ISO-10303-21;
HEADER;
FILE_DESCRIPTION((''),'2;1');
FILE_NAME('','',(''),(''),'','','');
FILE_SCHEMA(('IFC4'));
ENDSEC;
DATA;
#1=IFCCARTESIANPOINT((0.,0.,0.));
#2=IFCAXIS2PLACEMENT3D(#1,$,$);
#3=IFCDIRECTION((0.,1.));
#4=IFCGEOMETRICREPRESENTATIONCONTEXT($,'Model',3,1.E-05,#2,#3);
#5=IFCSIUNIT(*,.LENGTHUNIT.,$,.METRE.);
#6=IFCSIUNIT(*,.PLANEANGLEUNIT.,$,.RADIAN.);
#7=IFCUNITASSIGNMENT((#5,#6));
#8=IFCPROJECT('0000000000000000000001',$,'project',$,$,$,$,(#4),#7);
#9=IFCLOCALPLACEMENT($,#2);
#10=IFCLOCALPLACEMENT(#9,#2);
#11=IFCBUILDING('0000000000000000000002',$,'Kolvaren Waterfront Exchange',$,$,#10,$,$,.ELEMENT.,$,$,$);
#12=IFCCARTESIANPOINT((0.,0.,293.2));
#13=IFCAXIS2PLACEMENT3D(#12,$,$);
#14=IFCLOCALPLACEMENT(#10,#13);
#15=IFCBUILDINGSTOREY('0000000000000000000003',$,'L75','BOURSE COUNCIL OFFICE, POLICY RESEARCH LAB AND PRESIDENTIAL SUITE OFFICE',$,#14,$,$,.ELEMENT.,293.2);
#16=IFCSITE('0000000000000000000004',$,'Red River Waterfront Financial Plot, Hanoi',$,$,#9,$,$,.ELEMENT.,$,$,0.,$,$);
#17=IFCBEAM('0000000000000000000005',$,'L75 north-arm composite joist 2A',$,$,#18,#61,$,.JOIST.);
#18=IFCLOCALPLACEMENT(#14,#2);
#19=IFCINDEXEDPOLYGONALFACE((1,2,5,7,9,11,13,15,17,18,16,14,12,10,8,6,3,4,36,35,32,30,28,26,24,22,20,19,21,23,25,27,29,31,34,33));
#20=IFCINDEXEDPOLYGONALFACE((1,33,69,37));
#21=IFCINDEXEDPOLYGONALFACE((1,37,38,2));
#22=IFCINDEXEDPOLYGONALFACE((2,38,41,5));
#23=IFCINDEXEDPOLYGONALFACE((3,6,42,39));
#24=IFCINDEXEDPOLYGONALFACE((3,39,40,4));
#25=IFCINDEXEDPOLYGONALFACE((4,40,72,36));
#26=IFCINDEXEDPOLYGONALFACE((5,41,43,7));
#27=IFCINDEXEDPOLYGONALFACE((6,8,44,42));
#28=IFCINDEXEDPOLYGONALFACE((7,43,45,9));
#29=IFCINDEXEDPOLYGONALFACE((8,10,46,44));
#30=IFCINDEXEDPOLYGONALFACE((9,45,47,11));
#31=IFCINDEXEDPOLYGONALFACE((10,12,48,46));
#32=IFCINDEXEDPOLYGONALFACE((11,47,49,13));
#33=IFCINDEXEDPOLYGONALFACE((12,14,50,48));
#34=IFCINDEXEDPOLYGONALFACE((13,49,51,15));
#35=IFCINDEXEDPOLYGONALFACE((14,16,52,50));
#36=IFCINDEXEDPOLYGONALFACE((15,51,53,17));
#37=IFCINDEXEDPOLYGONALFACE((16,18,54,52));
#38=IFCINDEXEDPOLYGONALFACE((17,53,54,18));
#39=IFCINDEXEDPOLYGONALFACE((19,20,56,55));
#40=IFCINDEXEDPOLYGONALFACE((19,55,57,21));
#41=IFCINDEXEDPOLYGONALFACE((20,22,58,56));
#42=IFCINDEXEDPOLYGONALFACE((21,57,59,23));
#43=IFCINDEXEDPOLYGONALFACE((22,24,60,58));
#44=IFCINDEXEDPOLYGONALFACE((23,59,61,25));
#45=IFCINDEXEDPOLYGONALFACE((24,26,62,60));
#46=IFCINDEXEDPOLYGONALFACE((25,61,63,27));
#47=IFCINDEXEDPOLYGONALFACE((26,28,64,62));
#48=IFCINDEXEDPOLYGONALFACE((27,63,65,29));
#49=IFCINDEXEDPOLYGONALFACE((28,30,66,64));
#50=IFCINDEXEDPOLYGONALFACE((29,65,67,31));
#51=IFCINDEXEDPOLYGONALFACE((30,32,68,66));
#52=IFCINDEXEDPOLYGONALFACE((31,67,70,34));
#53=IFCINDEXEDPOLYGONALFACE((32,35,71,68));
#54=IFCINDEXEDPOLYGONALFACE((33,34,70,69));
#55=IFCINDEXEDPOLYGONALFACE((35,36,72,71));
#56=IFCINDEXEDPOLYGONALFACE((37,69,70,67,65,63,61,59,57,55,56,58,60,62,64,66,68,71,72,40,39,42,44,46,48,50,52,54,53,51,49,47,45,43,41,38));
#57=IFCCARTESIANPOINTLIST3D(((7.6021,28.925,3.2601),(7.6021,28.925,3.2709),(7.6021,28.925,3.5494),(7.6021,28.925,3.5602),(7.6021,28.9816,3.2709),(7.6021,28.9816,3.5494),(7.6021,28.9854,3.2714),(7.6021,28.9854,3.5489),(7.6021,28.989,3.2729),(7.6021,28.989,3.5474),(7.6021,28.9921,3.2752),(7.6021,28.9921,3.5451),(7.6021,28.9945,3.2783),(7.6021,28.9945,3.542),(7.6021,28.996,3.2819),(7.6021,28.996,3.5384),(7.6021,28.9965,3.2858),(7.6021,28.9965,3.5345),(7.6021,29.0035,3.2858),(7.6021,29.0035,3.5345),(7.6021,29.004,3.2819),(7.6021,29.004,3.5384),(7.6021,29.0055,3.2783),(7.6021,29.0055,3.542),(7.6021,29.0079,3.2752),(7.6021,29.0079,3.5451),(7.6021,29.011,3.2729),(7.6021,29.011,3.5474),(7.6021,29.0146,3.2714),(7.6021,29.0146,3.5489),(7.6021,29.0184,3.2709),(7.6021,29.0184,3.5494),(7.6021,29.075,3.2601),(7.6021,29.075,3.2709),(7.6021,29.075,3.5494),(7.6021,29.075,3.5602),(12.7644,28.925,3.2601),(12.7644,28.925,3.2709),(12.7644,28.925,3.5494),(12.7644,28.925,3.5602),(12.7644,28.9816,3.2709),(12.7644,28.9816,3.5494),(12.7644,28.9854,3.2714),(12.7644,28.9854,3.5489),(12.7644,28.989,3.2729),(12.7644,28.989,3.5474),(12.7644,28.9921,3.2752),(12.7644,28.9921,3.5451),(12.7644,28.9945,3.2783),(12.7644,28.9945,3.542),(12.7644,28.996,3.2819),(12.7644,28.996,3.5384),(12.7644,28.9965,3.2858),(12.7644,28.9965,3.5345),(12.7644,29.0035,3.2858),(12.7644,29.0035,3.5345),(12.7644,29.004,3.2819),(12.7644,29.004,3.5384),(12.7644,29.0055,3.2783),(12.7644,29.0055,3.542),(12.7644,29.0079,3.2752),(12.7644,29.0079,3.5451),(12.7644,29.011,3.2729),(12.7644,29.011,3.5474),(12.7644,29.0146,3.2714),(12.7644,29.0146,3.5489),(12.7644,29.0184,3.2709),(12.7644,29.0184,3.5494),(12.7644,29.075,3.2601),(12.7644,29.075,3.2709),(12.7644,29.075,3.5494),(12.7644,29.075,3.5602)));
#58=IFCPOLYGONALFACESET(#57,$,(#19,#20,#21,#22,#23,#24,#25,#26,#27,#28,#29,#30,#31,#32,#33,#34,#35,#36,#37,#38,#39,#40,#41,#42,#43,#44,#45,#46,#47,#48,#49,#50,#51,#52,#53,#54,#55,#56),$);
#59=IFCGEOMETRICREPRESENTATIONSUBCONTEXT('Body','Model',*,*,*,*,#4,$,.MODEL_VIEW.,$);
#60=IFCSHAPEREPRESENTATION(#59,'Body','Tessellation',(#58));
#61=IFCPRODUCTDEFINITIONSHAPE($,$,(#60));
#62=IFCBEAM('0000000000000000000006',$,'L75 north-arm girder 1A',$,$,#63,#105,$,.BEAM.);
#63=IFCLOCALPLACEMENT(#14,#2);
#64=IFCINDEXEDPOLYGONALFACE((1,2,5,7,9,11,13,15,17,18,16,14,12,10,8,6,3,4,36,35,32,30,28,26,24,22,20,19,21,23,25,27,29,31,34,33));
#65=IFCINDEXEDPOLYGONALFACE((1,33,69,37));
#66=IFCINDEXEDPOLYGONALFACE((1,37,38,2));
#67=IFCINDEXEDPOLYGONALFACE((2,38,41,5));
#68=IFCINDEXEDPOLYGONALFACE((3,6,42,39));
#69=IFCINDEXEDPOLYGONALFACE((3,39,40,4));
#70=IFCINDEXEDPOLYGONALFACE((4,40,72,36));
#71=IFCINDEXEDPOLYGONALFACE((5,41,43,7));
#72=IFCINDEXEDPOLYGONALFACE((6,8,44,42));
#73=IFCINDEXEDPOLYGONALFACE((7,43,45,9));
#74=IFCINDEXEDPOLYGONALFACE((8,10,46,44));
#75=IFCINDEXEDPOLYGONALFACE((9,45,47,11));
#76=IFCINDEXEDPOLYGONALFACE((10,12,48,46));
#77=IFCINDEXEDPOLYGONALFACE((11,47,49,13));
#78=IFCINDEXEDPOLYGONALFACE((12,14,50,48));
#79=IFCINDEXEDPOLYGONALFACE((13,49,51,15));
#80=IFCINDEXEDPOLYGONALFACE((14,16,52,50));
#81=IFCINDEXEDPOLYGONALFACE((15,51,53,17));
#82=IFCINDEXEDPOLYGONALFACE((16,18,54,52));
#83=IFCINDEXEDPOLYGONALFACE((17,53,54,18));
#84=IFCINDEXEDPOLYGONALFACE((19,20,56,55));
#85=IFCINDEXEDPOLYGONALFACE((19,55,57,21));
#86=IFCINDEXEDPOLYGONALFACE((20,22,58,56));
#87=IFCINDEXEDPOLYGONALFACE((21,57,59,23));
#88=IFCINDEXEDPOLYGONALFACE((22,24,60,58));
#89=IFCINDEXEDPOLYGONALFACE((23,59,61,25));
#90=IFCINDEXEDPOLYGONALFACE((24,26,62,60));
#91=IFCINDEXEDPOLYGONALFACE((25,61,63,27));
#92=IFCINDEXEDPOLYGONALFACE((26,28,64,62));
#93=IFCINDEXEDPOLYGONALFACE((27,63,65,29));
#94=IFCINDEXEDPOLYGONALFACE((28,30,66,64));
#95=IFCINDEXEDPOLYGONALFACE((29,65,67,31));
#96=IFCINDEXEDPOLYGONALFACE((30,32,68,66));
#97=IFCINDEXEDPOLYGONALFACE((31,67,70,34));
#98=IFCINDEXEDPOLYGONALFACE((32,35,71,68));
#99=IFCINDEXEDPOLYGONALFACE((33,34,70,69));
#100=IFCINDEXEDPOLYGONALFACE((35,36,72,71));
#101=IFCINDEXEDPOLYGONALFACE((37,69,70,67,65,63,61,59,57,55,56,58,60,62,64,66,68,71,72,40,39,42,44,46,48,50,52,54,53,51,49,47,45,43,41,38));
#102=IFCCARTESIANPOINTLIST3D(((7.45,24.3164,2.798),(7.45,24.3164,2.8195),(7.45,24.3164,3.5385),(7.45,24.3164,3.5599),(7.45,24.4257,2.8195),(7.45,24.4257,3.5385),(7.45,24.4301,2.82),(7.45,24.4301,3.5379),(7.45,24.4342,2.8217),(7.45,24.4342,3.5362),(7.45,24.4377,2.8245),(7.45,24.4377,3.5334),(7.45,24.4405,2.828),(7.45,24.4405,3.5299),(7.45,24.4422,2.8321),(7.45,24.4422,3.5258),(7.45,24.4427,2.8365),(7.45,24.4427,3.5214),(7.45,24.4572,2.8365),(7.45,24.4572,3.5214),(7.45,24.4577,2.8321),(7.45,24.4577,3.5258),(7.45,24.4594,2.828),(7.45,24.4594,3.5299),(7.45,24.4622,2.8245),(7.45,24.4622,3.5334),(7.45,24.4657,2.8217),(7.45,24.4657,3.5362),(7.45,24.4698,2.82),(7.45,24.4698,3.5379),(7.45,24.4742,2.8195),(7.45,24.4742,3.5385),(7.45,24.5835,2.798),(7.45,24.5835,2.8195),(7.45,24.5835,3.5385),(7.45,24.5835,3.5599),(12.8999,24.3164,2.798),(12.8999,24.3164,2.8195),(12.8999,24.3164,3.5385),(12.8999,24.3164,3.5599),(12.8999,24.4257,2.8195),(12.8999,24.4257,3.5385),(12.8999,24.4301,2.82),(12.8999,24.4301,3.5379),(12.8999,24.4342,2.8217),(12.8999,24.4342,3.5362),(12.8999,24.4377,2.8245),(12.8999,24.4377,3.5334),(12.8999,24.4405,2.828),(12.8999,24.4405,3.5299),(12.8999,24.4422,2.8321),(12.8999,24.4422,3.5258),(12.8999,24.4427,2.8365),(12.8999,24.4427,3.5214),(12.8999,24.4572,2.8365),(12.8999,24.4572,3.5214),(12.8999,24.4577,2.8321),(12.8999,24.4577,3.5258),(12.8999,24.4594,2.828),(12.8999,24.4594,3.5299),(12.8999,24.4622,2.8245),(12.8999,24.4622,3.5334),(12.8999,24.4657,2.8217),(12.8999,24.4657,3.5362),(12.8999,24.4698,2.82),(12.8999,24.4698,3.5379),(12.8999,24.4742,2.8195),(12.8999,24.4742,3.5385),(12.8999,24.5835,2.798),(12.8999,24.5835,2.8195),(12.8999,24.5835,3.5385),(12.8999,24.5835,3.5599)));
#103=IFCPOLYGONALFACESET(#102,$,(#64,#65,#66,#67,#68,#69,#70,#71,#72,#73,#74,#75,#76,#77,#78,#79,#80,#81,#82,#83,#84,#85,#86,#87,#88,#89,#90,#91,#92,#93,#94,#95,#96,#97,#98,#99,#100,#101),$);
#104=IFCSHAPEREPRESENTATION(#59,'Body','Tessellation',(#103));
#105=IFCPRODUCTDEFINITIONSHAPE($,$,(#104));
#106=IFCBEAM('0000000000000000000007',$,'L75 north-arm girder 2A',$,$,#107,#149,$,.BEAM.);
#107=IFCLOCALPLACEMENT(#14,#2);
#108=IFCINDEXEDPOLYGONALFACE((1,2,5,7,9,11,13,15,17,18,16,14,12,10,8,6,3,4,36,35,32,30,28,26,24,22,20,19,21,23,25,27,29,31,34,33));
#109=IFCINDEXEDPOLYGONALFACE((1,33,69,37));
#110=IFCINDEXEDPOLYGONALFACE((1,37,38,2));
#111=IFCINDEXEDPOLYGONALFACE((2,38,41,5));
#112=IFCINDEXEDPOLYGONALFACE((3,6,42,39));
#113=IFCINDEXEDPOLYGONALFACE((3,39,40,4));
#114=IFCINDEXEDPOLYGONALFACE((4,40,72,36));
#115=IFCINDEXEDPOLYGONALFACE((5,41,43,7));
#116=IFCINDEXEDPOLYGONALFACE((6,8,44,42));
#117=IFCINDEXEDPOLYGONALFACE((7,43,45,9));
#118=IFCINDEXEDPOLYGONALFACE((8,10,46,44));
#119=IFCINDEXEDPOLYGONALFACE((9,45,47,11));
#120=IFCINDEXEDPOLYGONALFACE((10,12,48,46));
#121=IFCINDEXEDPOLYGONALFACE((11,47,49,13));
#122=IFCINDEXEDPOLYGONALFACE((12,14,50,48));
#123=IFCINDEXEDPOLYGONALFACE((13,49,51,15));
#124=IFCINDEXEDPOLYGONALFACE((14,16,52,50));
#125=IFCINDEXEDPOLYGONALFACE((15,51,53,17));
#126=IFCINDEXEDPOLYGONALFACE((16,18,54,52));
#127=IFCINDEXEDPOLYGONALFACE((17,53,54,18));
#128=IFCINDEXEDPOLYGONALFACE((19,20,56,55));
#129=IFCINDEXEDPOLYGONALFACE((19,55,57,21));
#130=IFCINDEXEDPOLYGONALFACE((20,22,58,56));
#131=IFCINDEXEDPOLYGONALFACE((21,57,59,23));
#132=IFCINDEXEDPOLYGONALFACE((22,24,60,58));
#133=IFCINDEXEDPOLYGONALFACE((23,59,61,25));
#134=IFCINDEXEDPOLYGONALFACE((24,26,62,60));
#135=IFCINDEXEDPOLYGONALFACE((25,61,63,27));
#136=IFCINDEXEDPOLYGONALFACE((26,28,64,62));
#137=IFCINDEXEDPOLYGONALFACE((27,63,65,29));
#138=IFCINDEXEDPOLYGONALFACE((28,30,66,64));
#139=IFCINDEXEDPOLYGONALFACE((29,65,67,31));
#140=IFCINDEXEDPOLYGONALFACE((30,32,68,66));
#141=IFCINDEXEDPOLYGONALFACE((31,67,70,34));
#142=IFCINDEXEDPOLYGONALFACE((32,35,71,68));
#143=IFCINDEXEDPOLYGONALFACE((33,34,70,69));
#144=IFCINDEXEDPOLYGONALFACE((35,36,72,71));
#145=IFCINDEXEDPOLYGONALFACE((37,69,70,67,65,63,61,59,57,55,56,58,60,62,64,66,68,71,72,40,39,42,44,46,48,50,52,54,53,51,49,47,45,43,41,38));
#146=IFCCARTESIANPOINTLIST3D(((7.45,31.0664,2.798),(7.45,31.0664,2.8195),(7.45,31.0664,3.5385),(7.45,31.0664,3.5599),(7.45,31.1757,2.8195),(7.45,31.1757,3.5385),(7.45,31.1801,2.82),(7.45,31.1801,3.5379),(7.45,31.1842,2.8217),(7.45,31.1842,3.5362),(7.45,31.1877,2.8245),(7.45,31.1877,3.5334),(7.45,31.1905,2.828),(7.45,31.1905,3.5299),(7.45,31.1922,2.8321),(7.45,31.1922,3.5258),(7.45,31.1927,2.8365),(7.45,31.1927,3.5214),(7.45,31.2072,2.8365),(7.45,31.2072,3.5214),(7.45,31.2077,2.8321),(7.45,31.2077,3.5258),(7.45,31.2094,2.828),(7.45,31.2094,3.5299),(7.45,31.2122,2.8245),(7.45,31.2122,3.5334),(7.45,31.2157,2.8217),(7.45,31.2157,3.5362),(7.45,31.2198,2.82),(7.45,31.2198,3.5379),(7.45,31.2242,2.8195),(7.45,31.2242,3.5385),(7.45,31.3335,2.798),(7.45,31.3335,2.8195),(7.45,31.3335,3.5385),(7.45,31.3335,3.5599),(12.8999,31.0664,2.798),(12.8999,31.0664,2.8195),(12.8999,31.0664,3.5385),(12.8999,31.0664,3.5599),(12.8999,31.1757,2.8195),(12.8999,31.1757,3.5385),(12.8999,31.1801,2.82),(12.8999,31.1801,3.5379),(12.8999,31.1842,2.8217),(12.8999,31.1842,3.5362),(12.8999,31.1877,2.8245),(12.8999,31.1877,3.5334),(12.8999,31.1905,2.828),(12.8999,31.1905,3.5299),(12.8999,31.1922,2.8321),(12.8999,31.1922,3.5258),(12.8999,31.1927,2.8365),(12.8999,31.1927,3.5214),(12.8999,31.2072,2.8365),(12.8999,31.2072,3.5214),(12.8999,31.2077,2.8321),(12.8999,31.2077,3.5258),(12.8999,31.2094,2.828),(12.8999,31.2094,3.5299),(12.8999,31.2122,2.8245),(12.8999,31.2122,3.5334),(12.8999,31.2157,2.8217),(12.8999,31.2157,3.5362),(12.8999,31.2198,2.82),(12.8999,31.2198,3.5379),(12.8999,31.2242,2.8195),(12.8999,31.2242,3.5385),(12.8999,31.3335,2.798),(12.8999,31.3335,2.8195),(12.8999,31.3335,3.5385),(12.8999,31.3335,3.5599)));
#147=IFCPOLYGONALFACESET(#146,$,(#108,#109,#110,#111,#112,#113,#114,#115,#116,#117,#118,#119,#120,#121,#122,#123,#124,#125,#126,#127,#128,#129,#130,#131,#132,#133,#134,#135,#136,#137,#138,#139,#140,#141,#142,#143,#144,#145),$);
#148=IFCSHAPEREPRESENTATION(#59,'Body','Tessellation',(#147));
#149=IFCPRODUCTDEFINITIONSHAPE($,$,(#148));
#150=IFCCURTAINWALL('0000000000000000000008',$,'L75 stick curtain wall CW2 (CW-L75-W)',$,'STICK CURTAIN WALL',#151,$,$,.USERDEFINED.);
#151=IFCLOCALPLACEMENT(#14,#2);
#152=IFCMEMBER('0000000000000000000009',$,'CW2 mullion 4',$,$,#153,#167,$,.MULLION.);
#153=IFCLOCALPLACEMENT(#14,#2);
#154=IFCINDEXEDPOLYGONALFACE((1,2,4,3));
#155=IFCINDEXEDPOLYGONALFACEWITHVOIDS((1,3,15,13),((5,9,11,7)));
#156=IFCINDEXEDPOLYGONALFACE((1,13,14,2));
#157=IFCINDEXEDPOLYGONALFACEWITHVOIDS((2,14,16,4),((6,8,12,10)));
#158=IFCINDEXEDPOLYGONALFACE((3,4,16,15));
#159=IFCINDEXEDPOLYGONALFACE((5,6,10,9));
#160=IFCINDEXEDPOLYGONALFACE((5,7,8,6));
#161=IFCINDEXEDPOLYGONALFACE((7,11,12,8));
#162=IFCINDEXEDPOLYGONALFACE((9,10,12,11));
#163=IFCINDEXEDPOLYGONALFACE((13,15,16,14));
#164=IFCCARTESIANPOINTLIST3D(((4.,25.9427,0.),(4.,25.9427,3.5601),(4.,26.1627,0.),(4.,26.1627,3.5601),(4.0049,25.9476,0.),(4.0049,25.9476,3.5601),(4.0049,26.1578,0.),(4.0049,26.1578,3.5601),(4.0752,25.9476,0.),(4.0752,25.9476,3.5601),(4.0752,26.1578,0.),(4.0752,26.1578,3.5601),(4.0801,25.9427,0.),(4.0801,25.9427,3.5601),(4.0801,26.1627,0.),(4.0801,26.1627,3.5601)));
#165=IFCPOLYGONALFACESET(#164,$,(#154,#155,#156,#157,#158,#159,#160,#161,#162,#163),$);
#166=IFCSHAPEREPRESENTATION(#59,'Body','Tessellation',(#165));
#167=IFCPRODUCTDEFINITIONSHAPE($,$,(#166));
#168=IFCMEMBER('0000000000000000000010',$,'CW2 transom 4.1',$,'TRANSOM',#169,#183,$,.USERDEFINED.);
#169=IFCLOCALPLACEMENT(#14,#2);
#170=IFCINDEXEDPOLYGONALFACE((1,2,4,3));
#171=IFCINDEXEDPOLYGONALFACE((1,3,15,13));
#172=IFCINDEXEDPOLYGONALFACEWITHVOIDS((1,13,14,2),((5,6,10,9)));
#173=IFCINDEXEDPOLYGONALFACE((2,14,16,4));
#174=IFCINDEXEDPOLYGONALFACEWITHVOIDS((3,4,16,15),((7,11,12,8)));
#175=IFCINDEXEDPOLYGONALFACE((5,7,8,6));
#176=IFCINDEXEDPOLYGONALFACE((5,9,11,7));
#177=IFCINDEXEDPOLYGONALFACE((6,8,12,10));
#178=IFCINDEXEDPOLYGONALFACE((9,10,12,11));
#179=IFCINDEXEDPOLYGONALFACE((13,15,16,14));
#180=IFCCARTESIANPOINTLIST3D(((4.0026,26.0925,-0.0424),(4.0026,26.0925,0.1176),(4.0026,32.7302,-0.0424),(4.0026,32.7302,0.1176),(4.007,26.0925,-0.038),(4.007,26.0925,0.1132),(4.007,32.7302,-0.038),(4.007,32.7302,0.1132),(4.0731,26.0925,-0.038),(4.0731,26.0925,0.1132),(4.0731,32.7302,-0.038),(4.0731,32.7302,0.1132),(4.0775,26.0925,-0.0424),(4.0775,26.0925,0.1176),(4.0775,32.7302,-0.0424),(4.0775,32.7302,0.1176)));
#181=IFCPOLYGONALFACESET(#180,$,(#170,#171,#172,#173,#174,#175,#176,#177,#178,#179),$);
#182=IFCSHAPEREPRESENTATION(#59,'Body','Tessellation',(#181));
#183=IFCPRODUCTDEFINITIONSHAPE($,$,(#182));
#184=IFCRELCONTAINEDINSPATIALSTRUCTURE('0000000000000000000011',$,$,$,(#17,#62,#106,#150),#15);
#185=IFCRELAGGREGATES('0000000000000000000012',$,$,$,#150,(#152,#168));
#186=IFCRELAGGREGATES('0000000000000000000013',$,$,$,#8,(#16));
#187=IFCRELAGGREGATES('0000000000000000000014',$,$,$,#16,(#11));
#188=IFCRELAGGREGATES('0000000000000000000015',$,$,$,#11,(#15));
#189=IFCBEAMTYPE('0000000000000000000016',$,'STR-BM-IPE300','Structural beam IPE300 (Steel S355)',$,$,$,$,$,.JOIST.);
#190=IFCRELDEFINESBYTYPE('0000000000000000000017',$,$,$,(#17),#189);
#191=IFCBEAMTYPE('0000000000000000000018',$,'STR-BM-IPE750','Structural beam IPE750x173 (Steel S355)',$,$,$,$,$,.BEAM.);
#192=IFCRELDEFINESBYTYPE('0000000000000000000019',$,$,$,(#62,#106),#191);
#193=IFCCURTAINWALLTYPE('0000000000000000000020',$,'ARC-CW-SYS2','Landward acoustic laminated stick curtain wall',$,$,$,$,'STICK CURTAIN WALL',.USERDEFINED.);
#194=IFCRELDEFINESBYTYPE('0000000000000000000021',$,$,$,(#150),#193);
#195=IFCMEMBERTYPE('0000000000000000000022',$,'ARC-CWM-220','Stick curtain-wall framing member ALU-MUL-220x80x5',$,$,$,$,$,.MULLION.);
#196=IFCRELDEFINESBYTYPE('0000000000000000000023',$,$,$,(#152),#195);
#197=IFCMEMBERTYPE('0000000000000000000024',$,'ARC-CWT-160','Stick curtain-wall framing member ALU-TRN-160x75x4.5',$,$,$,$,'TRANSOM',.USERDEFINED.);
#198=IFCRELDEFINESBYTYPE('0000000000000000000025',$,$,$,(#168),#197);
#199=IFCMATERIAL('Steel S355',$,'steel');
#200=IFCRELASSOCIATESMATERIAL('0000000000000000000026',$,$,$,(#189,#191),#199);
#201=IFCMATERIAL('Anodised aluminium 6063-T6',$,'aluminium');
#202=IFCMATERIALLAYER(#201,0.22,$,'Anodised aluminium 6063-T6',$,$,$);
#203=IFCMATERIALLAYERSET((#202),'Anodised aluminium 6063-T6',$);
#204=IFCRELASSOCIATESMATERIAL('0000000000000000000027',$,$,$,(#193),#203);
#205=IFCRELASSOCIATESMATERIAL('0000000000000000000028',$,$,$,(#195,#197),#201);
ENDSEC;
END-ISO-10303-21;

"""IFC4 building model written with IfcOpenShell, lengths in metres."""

from ifc_helpers import new_model, si_unit, direction, frame, origin, origin_with_axes, origin_2d, place, context, subcontext, project, spatial, hollow_rectangle, i_section, extrude, source, transform, mapped, material, layer, layer_set, material_profile, profile_set, type_object, element, aggregate, save


model = new_model("IFC4")

# Units and contexts
model_context = context("Model", 3, precision=1e-05, world=origin(), true_north=direction((0.0, 1.0)))
body_context = subcontext(model_context, "Body", "Model", "MODEL_VIEW")
ifc_project = project(units=[si_unit("LENGTHUNIT", "METRE"), si_unit("PLANEANGLEUNIT", "RADIAN")], contexts=[model_context])

# Site, building, storey
site_placement = place(None, origin())
site = spatial("IfcSite", under=ifc_project, at=site_placement, Name="Red River Waterfront Financial Plot, Hanoi", CompositionType="ELEMENT", RefElevation=0.0)
building_placement = place(site_placement, origin())
building = spatial("IfcBuilding", under=site, at=building_placement, Name="Kolvaren Waterfront Exchange", CompositionType="ELEMENT")
storey_placement = place(building_placement, frame((0.0, 0.0, 293.2)))
storey = spatial("IfcBuildingStorey", under=building, at=storey_placement, Name="L75", Description="BOURSE COUNCIL OFFICE, POLICY RESEARCH LAB AND PRESIDENTIAL SUITE OFFICE", CompositionType="ELEMENT", Elevation=293.2)

# Beams
ifc_material_1 = material(Name="Steel S355", Category="steel")
ifc_material_profile_1 = material_profile(ifc_material_1, i_section(OverallWidth=0.1499, OverallDepth=0.3, WebThickness=0.0071, FlangeThickness=0.0107, FilletRadius=0.0149, at=origin_2d()), Name="IPE300")
ifc_profile_set_1 = profile_set([ifc_material_profile_1], Name="Steel S355")
beam_type_1 = type_object("IfcBeamType", Name="STR-BM-IPE300", Description="Structural beam IPE300 (Steel S355)", PredefinedType="JOIST", material=ifc_profile_set_1)
for number, where, z_axis, x_axis, name in (
    (1, (7.6021, 29.0, 3.4102), (1.0, 0.0, 0.0), (0.0, 1.0, 0.0), "L75 north-arm composite joist 2A"),
):
    element("IfcBeam", number, at=place(storey_placement, frame(where, z_axis=z_axis, x_axis=x_axis)), inside=storey, type_object=beam_type_1, Name=name, PredefinedType="JOIST", context=body_context, shape_type="SweptSolid", body=[
        extrude(i_section(OverallWidth=0.1499, OverallDepth=0.3, WebThickness=0.0071, FlangeThickness=0.0107, FilletRadius=0.0149, at=origin_2d()), origin(), (0.0, 0.0, 1.0), 5.1624),
    ])
ifc_material_profile_2 = material_profile(ifc_material_1, i_section(OverallWidth=0.2671, OverallDepth=0.762, WebThickness=0.0144, FlangeThickness=0.0215, FilletRadius=0.0171, at=origin_2d()), Name="IPE750x173")
ifc_profile_set_2 = profile_set([ifc_material_profile_2], Name="Steel S355")
beam_type_2 = type_object("IfcBeamType", Name="STR-BM-IPE750", Description="Structural beam IPE750x173 (Steel S355)", PredefinedType="BEAM", material=ifc_profile_set_2)
for number, where, z_axis, x_axis, name in (
    (2, (7.45, 24.45, 3.179), (1.0, 0.0, 0.0), (0.0, 1.0, 0.0), "L75 north-arm girder 1A"),
    (3, (7.45, 31.2, 3.179), (1.0, 0.0, 0.0), (0.0, 1.0, 0.0), "L75 north-arm girder 2A"),
):
    element("IfcBeam", number, at=place(storey_placement, frame(where, z_axis=z_axis, x_axis=x_axis)), inside=storey, type_object=beam_type_2, Name=name, PredefinedType="BEAM", context=body_context, shape_type="SweptSolid", body=[
        extrude(i_section(OverallWidth=0.2671, OverallDepth=0.762, WebThickness=0.0144, FlangeThickness=0.0215, FilletRadius=0.0171, at=origin_2d()), origin(), (0.0, 0.0, 1.0), 5.45),
    ])

# Curtain wall, members
ifc_material_2 = material(Name="Anodised aluminium 6063-T6", Category="aluminium")
ifc_layer_1 = layer(ifc_material_2, 0.22, Name="Anodised aluminium 6063-T6")
ifc_layer_set_1 = layer_set([ifc_layer_1], Name="Anodised aluminium 6063-T6")
curtain_wall_type = type_object("IfcCurtainWallType", Name="ARC-CW-SYS2", Description="Landward acoustic laminated stick curtain wall", ElementType="STICK CURTAIN WALL", PredefinedType="USERDEFINED", material=ifc_layer_set_1)
curtain_wall_placement = place(storey_placement, origin())
curtain_wall = element("IfcCurtainWall", 4, at=curtain_wall_placement, inside=storey, type_object=curtain_wall_type, Name="L75 stick curtain wall CW2 (CW-L75-W)", ObjectType="STICK CURTAIN WALL", PredefinedType="USERDEFINED")
ifc_material_profile_3 = material_profile(ifc_material_2, hollow_rectangle(XDim=0.0801, YDim=0.22, WallThickness=0.0049, at=origin_2d()), Name="ALU-MUL-220x80x5")
ifc_profile_set_3 = profile_set([ifc_material_profile_3], Name="Anodised aluminium 6063-T6")
member_type_1 = type_object("IfcMemberType", Name="ARC-CWM-220", Description="Stick curtain-wall framing member ALU-MUL-220x80x5", PredefinedType="MULLION", material=ifc_profile_set_3)
shared_shape_1 = source(origin_with_axes(), body_context, "Body", "SweptSolid", [
    extrude(hollow_rectangle(XDim=0.0801, YDim=0.22, WallThickness=0.0049, at=origin_2d()), origin(), (0.0, 0.0, 1.0), 3.5601),
])
member_1_placement = place(storey_placement, frame((4.04, 26.0527, 0.0), z_axis=(0.0, 0.0, 1.0), x_axis=(-1.0, 0.0, 0.0)))
member_1 = element("IfcMember", 5, at=member_1_placement, type_object=member_type_1, Name="CW2 mullion 4", PredefinedType="MULLION", context=body_context, shape_type="MappedRepresentation", body=[
    mapped(shared_shape_1, transform((0.0, 0.0, 0.0), x_axis=(1.0, 0.0, 0.0), y_axis=(0.0, 1.0, 0.0), z_axis=(0.0, 0.0, 1.0), scale=1.0)),
])
ifc_material_profile_4 = material_profile(ifc_material_2, hollow_rectangle(XDim=0.075, YDim=0.1599, WallThickness=0.0044, at=origin_2d()), Name="ALU-TRN-160x75x4.5")
ifc_profile_set_4 = profile_set([ifc_material_profile_4], Name="Anodised aluminium 6063-T6")
member_type_2 = type_object("IfcMemberType", Name="ARC-CWT-160", Description="Stick curtain-wall framing member ALU-TRN-160x75x4.5", ElementType="TRANSOM", PredefinedType="USERDEFINED", material=ifc_profile_set_4)
shared_shape_2 = source(origin_with_axes(), body_context, "Body", "SweptSolid", [
    extrude(hollow_rectangle(XDim=0.075, YDim=0.1599, WallThickness=0.0044, at=origin_2d()), origin(), (0.0, 0.0, 1.0), 6.6377),
])
member_2_placement = place(storey_placement, frame((4.04, 26.0925, 0.0376), z_axis=(0.0, 1.0, 0.0), x_axis=(-1.0, 0.0, 0.0)))
member_2 = element("IfcMember", 6, at=member_2_placement, type_object=member_type_2, Name="CW2 transom 4.1", ObjectType="TRANSOM", PredefinedType="USERDEFINED", context=body_context, shape_type="MappedRepresentation", body=[
    mapped(shared_shape_2, transform((0.0, 0.0, 0.0), x_axis=(1.0, 0.0, 0.0), y_axis=(0.0, 1.0, 0.0), z_axis=(0.0, 0.0, 1.0), scale=1.0)),
])
aggregate(curtain_wall, [member_1, member_2])

save(model, "model.ifc")
